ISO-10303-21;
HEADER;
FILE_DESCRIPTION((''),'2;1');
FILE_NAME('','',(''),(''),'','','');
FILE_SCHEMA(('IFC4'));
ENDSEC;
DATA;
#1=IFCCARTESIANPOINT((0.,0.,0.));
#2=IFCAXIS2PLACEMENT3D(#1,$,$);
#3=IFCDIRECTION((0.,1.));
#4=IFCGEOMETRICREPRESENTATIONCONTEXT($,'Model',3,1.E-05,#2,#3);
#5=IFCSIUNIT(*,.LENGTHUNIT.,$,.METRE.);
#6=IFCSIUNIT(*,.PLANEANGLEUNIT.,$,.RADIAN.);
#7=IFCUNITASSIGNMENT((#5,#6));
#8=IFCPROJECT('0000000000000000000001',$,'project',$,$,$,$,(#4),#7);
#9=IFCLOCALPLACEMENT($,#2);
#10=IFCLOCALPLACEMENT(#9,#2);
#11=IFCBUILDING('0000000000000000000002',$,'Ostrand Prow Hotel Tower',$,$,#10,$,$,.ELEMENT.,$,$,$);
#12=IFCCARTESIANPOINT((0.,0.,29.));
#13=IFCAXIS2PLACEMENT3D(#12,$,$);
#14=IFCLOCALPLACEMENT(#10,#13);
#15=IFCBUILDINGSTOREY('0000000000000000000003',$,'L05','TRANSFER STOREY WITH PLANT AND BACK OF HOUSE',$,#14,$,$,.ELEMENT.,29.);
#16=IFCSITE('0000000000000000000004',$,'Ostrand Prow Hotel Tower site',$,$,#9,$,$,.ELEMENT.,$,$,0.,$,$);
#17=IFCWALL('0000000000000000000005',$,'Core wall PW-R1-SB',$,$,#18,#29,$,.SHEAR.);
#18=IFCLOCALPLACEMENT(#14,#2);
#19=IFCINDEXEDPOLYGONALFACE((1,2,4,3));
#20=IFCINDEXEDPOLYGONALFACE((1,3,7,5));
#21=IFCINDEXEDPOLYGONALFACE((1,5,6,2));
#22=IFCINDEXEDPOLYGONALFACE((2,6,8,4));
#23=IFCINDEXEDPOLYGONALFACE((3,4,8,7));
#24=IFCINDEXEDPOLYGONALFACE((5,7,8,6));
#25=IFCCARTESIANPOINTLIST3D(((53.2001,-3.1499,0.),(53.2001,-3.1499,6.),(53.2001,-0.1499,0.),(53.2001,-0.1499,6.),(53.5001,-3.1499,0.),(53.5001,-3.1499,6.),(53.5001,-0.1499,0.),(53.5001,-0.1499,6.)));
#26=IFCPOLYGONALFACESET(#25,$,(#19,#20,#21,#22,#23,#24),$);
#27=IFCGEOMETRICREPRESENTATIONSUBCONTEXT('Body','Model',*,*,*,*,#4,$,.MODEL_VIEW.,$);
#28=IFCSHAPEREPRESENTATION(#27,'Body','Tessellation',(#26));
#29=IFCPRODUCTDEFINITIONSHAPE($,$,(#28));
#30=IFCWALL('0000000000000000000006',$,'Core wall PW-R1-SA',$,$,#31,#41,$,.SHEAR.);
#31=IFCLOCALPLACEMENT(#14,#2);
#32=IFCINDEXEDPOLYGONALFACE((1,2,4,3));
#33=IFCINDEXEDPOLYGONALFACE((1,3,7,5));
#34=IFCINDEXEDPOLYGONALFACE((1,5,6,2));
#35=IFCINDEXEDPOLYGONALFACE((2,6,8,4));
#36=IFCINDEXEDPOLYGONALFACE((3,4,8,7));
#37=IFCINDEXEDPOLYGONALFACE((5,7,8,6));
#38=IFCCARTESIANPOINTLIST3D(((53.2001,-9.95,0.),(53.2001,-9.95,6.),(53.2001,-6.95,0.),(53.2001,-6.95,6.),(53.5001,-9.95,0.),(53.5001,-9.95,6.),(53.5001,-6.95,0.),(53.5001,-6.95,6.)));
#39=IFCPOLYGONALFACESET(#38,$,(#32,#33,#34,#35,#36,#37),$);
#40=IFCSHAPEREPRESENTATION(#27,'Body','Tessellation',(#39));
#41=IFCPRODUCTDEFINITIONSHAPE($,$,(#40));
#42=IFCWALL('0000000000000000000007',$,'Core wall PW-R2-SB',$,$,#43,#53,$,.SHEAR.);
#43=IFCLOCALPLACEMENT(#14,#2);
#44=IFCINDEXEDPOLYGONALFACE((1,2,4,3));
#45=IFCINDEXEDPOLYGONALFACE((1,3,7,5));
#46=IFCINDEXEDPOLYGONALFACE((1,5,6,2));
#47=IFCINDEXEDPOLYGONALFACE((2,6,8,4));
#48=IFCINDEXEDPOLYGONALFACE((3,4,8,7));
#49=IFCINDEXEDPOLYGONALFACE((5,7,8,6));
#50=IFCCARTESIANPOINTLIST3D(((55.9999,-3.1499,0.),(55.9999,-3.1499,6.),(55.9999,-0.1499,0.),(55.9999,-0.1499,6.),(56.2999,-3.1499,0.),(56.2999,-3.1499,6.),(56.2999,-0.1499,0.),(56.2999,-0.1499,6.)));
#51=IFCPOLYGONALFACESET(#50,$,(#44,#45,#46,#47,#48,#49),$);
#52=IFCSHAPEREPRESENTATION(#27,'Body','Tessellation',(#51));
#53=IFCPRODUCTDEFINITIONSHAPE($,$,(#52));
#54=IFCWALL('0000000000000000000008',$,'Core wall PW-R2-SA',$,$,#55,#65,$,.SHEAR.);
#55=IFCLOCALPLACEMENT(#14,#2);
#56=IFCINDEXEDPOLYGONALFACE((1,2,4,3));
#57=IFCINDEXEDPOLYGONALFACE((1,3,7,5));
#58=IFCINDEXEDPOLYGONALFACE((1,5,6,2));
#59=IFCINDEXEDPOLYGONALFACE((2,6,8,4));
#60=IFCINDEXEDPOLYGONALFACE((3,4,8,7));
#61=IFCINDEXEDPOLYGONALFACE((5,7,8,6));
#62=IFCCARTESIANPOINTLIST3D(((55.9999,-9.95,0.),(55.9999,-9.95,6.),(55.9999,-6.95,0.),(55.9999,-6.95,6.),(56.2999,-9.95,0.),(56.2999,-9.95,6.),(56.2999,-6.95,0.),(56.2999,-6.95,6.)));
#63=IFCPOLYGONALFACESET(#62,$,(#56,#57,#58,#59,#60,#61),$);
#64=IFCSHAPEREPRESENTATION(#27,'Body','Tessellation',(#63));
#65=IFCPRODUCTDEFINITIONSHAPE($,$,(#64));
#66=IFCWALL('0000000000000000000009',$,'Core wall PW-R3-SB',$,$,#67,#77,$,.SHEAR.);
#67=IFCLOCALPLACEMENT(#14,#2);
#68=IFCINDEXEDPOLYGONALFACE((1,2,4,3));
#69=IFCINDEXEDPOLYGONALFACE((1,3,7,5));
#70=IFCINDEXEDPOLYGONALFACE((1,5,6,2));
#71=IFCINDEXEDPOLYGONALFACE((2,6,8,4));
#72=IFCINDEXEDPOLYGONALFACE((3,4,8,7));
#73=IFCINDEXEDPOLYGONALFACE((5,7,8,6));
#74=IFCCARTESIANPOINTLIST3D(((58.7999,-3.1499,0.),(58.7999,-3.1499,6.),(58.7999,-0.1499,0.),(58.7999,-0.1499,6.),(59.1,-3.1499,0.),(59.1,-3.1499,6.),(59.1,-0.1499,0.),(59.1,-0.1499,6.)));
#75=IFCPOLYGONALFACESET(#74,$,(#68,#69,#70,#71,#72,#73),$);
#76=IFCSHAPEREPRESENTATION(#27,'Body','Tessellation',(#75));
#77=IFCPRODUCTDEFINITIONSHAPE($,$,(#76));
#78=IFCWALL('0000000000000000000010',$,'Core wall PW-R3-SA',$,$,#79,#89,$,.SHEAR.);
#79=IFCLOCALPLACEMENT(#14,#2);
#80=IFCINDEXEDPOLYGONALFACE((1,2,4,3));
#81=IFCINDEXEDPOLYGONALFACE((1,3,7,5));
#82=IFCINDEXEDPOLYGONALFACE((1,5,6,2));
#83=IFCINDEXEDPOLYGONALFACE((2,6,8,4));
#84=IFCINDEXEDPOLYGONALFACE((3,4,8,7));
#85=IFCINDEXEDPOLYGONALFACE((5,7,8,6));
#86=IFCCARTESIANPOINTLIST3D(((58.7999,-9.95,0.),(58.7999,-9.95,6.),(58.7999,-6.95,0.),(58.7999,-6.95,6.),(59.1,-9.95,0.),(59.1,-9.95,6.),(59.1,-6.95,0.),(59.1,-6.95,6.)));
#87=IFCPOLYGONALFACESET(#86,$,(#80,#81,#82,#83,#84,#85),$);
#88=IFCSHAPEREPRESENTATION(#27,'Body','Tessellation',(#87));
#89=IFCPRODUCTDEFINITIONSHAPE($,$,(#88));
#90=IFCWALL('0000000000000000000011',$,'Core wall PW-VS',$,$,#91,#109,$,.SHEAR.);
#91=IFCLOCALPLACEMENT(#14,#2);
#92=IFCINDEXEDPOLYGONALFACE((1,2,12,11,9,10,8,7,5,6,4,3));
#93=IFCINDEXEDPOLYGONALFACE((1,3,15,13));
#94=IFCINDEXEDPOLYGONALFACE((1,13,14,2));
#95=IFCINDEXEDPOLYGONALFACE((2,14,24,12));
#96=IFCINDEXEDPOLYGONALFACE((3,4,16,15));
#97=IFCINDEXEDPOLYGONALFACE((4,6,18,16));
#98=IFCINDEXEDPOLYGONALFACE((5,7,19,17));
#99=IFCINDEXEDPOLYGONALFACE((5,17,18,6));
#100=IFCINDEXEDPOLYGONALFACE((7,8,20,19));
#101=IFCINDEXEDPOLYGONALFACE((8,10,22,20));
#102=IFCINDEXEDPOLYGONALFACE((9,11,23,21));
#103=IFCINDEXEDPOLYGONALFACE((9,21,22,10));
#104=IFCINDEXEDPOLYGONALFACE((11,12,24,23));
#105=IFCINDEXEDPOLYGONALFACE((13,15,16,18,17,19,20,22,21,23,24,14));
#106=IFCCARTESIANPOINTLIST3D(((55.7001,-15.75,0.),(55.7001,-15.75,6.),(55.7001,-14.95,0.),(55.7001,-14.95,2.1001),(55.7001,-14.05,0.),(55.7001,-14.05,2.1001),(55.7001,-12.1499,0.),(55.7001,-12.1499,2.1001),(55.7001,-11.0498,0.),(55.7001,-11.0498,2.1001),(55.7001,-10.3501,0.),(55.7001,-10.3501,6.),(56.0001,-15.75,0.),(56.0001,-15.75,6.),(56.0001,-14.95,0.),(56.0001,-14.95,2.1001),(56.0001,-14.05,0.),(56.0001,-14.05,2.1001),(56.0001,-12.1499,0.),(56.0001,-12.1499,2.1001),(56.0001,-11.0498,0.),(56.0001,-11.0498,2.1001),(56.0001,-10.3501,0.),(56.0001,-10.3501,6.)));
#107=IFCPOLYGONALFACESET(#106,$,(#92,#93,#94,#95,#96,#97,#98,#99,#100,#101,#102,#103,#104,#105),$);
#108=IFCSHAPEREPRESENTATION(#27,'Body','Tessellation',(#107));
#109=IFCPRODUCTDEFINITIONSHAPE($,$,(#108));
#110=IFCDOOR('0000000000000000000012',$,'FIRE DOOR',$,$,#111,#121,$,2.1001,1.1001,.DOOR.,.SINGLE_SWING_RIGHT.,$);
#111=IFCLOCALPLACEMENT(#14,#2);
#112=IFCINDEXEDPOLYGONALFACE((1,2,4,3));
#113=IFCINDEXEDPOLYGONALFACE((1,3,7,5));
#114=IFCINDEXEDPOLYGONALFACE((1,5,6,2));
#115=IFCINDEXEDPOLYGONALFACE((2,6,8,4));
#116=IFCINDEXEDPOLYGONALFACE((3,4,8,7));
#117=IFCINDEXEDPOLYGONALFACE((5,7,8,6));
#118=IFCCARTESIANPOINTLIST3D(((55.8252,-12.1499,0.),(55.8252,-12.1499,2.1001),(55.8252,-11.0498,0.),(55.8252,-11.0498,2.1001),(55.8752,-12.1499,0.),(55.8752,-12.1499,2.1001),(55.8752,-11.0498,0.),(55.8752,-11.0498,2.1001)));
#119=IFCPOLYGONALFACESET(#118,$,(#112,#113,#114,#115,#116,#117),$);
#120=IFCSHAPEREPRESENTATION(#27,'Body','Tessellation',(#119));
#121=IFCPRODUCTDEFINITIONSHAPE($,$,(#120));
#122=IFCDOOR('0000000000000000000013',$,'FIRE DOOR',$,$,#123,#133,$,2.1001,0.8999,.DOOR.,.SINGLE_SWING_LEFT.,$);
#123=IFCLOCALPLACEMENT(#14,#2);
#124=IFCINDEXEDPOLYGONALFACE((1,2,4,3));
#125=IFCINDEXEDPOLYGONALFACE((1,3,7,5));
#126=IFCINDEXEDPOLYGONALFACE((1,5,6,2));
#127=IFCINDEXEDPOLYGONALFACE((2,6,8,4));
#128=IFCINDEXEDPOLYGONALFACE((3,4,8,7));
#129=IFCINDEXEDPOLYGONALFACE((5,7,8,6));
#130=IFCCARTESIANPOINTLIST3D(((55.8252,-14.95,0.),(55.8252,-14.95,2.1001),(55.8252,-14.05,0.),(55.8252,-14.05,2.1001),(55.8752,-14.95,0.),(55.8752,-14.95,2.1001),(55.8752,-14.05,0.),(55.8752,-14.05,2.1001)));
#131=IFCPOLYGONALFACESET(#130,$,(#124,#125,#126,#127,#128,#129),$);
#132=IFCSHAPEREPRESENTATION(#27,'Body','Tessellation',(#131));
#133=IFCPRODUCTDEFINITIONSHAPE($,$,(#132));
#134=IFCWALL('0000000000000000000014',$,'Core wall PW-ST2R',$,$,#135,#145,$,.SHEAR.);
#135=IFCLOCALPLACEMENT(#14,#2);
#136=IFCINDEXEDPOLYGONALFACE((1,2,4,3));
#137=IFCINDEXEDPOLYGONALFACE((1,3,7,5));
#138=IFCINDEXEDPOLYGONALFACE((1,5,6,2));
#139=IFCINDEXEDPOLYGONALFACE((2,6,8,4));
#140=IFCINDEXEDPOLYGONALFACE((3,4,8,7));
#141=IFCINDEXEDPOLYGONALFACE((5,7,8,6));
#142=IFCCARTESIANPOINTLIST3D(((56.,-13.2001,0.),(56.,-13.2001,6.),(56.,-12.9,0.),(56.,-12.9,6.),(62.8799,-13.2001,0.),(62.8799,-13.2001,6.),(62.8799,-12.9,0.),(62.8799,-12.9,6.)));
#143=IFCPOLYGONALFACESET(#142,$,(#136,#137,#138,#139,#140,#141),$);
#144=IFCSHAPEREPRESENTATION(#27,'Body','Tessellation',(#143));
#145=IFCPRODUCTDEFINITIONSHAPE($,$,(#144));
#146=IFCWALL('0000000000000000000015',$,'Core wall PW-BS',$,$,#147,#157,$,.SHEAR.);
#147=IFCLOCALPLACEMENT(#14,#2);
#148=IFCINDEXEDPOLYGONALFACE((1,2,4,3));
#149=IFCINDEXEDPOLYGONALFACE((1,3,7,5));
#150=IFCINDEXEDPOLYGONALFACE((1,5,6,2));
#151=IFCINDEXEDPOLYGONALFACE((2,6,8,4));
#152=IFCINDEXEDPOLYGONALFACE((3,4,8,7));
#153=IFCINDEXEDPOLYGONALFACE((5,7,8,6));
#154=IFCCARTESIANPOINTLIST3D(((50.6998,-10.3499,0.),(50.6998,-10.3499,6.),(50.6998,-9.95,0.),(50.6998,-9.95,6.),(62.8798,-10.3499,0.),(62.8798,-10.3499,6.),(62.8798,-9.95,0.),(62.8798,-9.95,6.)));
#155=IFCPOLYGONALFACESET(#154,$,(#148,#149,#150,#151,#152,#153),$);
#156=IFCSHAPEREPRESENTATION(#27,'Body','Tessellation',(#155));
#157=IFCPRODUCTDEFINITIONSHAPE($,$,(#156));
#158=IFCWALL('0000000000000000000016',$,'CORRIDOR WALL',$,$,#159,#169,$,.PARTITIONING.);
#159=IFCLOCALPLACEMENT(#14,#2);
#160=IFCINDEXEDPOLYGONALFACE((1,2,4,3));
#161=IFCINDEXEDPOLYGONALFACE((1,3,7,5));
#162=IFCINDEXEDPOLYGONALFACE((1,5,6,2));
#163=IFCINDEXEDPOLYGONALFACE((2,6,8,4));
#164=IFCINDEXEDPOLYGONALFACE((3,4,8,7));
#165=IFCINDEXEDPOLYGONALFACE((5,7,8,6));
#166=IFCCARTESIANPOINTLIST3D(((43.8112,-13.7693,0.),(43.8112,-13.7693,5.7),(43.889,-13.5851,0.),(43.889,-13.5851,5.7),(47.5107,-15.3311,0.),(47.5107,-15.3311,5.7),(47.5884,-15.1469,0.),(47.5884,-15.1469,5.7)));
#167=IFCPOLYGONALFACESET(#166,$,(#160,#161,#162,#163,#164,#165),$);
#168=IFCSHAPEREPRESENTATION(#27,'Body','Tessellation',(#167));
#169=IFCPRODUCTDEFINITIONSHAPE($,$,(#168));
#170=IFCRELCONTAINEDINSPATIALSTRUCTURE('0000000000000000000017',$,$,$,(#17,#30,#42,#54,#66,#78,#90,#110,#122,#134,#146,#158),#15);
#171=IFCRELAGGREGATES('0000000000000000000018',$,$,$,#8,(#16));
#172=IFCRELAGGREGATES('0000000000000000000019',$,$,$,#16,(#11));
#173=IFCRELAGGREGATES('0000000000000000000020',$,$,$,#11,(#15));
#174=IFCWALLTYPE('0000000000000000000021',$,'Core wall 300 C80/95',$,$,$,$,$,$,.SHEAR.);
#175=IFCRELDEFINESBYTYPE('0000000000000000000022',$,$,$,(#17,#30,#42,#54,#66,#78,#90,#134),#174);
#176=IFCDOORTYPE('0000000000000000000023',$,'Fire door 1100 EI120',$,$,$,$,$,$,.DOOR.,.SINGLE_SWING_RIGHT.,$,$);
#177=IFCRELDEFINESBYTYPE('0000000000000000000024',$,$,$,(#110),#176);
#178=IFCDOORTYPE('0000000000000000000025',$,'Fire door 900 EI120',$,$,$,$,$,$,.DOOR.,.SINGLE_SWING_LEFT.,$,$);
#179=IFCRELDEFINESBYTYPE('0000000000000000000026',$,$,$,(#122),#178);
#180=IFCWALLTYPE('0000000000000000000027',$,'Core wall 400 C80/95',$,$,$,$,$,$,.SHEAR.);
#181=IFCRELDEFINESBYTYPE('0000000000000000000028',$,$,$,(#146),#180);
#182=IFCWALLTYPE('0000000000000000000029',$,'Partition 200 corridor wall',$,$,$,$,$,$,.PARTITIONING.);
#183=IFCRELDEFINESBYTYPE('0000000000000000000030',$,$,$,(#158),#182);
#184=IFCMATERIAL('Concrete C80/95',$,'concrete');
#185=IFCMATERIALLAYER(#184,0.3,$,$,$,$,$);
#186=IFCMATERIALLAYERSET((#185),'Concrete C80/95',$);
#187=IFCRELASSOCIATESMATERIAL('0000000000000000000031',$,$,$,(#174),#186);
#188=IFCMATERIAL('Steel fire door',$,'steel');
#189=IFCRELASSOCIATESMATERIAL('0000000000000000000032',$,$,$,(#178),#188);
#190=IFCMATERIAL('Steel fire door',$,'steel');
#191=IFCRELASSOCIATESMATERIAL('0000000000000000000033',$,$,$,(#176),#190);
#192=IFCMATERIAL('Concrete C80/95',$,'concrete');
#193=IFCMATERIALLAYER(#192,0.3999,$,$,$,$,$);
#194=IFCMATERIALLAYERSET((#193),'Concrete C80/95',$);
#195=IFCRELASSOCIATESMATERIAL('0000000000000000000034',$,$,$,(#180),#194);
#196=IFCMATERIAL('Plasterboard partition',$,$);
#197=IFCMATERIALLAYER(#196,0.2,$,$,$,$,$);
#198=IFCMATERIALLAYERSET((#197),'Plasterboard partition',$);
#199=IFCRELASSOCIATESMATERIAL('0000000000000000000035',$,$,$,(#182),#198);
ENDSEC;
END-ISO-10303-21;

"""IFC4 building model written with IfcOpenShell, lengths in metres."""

from ifc_helpers import new_model, si_unit, direction, frame, frame_2d, origin, place, context, subcontext, project, spatial, rectangle, extrude, material, layer, layer_set, type_object, element, fill, save


model = new_model("IFC4")

# Units and contexts
model_context = context("Model", 3, precision=1e-05, world=origin(), true_north=direction((0.0, 1.0)))
body_context = subcontext(model_context, "Body", "Model", "MODEL_VIEW")
ifc_project = project(units=[si_unit("LENGTHUNIT", "METRE"), si_unit("PLANEANGLEUNIT", "RADIAN")], contexts=[model_context])

# Site, building, storey
site_placement = place(None, origin())
site = spatial("IfcSite", under=ifc_project, at=site_placement, Name="Ostrand Prow Hotel Tower site", CompositionType="ELEMENT", RefElevation=0.0)
building_placement = place(site_placement, origin())
building = spatial("IfcBuilding", under=site, at=building_placement, Name="Ostrand Prow Hotel Tower", CompositionType="ELEMENT")
storey_placement = place(building_placement, frame((0.0, 0.0, 29.0)))
storey = spatial("IfcBuildingStorey", under=building, at=storey_placement, Name="L05", Description="TRANSFER STOREY WITH PLANT AND BACK OF HOUSE", CompositionType="ELEMENT", Elevation=29.0)

# Shared definitions
ifc_material_1 = material(Name="Concrete C80/95", Category="concrete")
ifc_layer_1 = layer(ifc_material_1, 0.3)
ifc_layer_set_1 = layer_set([ifc_layer_1], Name="Concrete C80/95")
wall_type_1 = type_object("IfcWallType", Name="Core wall 300 C80/95", PredefinedType="SHEAR", material=ifc_layer_set_1)

# Shared definitions
ifc_material_2 = material(Name="Steel fire door", Category="steel")
door_type_1 = type_object("IfcDoorType", Name="Fire door 900 EI120", OperationType="SINGLE_SWING_LEFT", PredefinedType="DOOR", material=ifc_material_2)

# Walls
for number, where, z_axis, x_axis, name in (
    (1, (53.3501, -3.1499, 0.0), (0.0, 0.0, 1.0), (0.0, 1.0, 0.0), "Core wall PW-R1-SB"),
    (2, (53.3501, -9.95, 0.0), (0.0, 0.0, 1.0), (0.0, 1.0, 0.0), "Core wall PW-R1-SA"),
    (3, (56.1499, -3.1499, 0.0), (0.0, 0.0, 1.0), (0.0, 1.0, 0.0), "Core wall PW-R2-SB"),
    (4, (56.1499, -9.95, 0.0), (0.0, 0.0, 1.0), (0.0, 1.0, 0.0), "Core wall PW-R2-SA"),
    (5, (58.95, -3.1499, 0.0), (0.0, 0.0, 1.0), (0.0, 1.0, 0.0), "Core wall PW-R3-SB"),
    (6, (58.95, -9.95, 0.0), (0.0, 0.0, 1.0), (0.0, 1.0, 0.0), "Core wall PW-R3-SA"),
):
    element("IfcWall", number, at=place(storey_placement, frame(where, z_axis=z_axis, x_axis=x_axis)), inside=storey, type_object=wall_type_1, Name=name, PredefinedType="SHEAR", context=body_context, shape_type="SweptSolid", body=[
        extrude(rectangle(XDim=3.0, YDim=0.3, at=frame_2d((1.5, 0.0))), origin(), (0.0, 0.0, 1.0), 6.0),
    ])

# Wall, openings, doors
wall_1_placement = place(storey_placement, frame((55.8501, -15.75, 0.0), z_axis=(0.0, 0.0, 1.0), x_axis=(0.0, 1.0, 0.0)))
wall_1 = element("IfcWall", 7, at=wall_1_placement, inside=storey, type_object=wall_type_1, Name="Core wall PW-VS", PredefinedType="SHEAR", context=body_context, shape_type="SweptSolid", body=[
    extrude(rectangle(XDim=5.3999, YDim=0.3, at=frame_2d((2.7, 0.0))), origin(), (0.0, 0.0, 1.0), 6.0),
])
opening_1_placement = place(wall_1_placement, frame((3.6001, 0.0, 0.0)))
opening_1 = element("IfcOpeningElement", 8, at=opening_1_placement, cuts=wall_1, PredefinedType="OPENING", context=body_context, shape_type="SweptSolid", body=[
    extrude(rectangle(XDim=1.1001, YDim=2.1001, at=frame_2d((0.55, 1.05))), frame((0.0, 0.1599, 0.0), z_axis=(0.0, -1.0, 0.0), x_axis=(1.0, 0.0, 0.0)), (0.0, 0.0, 1.0), 0.3201),
])
opening_2_placement = place(wall_1_placement, frame((0.8, 0.0, 0.0)))
opening_2 = element("IfcOpeningElement", 9, at=opening_2_placement, cuts=wall_1, PredefinedType="OPENING", context=body_context, shape_type="SweptSolid", body=[
    extrude(rectangle(XDim=0.8999, YDim=2.1001, at=frame_2d((0.45, 1.05))), frame((0.0, 0.1599, 0.0), z_axis=(0.0, -1.0, 0.0), x_axis=(1.0, 0.0, 0.0)), (0.0, 0.0, 1.0), 0.3201),
])
ifc_material_3 = material(Name="Steel fire door", Category="steel")
door_type_2 = type_object("IfcDoorType", Name="Fire door 1100 EI120", OperationType="SINGLE_SWING_RIGHT", PredefinedType="DOOR", material=ifc_material_3)
door_1_placement = place(opening_1_placement, origin())
door_1 = element("IfcDoor", 10, at=door_1_placement, inside=storey, type_object=door_type_2, Name="FIRE DOOR", OperationType="SINGLE_SWING_RIGHT", OverallHeight=2.1001, OverallWidth=1.1001, PredefinedType="DOOR", context=body_context, shape_type="SweptSolid", body=[
    extrude(rectangle(XDim=1.1001, YDim=2.1001, at=frame_2d((0.55, 1.05))), frame((0.0, 0.0249, 0.0), z_axis=(0.0, -1.0, 0.0), x_axis=(1.0, 0.0, 0.0)), (0.0, 0.0, 1.0), 0.05),
])
fill(opening_1, door_1)
door_2_placement = place(opening_2_placement, origin())
door_2 = element("IfcDoor", 11, at=door_2_placement, inside=storey, type_object=door_type_1, Name="FIRE DOOR", OperationType="SINGLE_SWING_LEFT", OverallHeight=2.1001, OverallWidth=0.8999, PredefinedType="DOOR", context=body_context, shape_type="SweptSolid", body=[
    extrude(rectangle(XDim=0.8999, YDim=2.1001, at=frame_2d((0.45, 1.05))), frame((0.0, 0.0249, 0.0), z_axis=(0.0, -1.0, 0.0), x_axis=(1.0, 0.0, 0.0)), (0.0, 0.0, 1.0), 0.05),
])
fill(opening_2, door_2)

# Walls
wall_2_placement = place(storey_placement, frame((56.0, -13.05, 0.0), z_axis=(0.0, 0.0, 1.0), x_axis=(1.0, 0.0, 0.0)))
element("IfcWall", 12, at=wall_2_placement, inside=storey, type_object=wall_type_1, Name="Core wall PW-ST2R", PredefinedType="SHEAR", context=body_context, shape_type="SweptSolid", body=[
    extrude(rectangle(XDim=6.8799, YDim=0.3, at=frame_2d((3.4399, 0.0))), origin(), (0.0, 0.0, 1.0), 6.0),
])
ifc_material_4 = material(Name="Concrete C80/95", Category="concrete")
ifc_layer_2 = layer(ifc_material_4, 0.3999)
ifc_layer_set_2 = layer_set([ifc_layer_2], Name="Concrete C80/95")
wall_type_2 = type_object("IfcWallType", Name="Core wall 400 C80/95", PredefinedType="SHEAR", material=ifc_layer_set_2)
wall_3_placement = place(storey_placement, frame((50.7, -10.1499, 0.0), z_axis=(0.0, 0.0, 1.0), x_axis=(1.0, 0.0, 0.0)))
element("IfcWall", 13, at=wall_3_placement, inside=storey, type_object=wall_type_2, Name="Core wall PW-BS", PredefinedType="SHEAR", context=body_context, shape_type="SweptSolid", body=[
    extrude(rectangle(XDim=12.1799, YDim=0.3999, at=frame_2d((6.0898, 0.0))), origin(), (0.0, 0.0, 1.0), 6.0),
])
ifc_material_5 = material(Name="Plasterboard partition")
ifc_layer_3 = layer(ifc_material_5, 0.2)
ifc_layer_set_3 = layer_set([ifc_layer_3], Name="Plasterboard partition")
wall_type_3 = type_object("IfcWallType", Name="Partition 200 corridor wall", PredefinedType="PARTITIONING", material=ifc_layer_set_3)
wall_4_placement = place(storey_placement, frame((47.5496, -15.239, 0.0), z_axis=(0.0, 0.0, 1.0), x_axis=(-0.92127, 0.388924, 0.0)))
element("IfcWall", 14, at=wall_4_placement, inside=storey, type_object=wall_type_3, Name="CORRIDOR WALL", PredefinedType="PARTITIONING", context=body_context, shape_type="SweptSolid", body=[
    extrude(rectangle(XDim=4.0156, YDim=0.2, at=frame_2d((2.0078, 0.0))), origin(), (0.0, 0.0, 1.0), 5.7),
])

save(model, "model.ifc")
